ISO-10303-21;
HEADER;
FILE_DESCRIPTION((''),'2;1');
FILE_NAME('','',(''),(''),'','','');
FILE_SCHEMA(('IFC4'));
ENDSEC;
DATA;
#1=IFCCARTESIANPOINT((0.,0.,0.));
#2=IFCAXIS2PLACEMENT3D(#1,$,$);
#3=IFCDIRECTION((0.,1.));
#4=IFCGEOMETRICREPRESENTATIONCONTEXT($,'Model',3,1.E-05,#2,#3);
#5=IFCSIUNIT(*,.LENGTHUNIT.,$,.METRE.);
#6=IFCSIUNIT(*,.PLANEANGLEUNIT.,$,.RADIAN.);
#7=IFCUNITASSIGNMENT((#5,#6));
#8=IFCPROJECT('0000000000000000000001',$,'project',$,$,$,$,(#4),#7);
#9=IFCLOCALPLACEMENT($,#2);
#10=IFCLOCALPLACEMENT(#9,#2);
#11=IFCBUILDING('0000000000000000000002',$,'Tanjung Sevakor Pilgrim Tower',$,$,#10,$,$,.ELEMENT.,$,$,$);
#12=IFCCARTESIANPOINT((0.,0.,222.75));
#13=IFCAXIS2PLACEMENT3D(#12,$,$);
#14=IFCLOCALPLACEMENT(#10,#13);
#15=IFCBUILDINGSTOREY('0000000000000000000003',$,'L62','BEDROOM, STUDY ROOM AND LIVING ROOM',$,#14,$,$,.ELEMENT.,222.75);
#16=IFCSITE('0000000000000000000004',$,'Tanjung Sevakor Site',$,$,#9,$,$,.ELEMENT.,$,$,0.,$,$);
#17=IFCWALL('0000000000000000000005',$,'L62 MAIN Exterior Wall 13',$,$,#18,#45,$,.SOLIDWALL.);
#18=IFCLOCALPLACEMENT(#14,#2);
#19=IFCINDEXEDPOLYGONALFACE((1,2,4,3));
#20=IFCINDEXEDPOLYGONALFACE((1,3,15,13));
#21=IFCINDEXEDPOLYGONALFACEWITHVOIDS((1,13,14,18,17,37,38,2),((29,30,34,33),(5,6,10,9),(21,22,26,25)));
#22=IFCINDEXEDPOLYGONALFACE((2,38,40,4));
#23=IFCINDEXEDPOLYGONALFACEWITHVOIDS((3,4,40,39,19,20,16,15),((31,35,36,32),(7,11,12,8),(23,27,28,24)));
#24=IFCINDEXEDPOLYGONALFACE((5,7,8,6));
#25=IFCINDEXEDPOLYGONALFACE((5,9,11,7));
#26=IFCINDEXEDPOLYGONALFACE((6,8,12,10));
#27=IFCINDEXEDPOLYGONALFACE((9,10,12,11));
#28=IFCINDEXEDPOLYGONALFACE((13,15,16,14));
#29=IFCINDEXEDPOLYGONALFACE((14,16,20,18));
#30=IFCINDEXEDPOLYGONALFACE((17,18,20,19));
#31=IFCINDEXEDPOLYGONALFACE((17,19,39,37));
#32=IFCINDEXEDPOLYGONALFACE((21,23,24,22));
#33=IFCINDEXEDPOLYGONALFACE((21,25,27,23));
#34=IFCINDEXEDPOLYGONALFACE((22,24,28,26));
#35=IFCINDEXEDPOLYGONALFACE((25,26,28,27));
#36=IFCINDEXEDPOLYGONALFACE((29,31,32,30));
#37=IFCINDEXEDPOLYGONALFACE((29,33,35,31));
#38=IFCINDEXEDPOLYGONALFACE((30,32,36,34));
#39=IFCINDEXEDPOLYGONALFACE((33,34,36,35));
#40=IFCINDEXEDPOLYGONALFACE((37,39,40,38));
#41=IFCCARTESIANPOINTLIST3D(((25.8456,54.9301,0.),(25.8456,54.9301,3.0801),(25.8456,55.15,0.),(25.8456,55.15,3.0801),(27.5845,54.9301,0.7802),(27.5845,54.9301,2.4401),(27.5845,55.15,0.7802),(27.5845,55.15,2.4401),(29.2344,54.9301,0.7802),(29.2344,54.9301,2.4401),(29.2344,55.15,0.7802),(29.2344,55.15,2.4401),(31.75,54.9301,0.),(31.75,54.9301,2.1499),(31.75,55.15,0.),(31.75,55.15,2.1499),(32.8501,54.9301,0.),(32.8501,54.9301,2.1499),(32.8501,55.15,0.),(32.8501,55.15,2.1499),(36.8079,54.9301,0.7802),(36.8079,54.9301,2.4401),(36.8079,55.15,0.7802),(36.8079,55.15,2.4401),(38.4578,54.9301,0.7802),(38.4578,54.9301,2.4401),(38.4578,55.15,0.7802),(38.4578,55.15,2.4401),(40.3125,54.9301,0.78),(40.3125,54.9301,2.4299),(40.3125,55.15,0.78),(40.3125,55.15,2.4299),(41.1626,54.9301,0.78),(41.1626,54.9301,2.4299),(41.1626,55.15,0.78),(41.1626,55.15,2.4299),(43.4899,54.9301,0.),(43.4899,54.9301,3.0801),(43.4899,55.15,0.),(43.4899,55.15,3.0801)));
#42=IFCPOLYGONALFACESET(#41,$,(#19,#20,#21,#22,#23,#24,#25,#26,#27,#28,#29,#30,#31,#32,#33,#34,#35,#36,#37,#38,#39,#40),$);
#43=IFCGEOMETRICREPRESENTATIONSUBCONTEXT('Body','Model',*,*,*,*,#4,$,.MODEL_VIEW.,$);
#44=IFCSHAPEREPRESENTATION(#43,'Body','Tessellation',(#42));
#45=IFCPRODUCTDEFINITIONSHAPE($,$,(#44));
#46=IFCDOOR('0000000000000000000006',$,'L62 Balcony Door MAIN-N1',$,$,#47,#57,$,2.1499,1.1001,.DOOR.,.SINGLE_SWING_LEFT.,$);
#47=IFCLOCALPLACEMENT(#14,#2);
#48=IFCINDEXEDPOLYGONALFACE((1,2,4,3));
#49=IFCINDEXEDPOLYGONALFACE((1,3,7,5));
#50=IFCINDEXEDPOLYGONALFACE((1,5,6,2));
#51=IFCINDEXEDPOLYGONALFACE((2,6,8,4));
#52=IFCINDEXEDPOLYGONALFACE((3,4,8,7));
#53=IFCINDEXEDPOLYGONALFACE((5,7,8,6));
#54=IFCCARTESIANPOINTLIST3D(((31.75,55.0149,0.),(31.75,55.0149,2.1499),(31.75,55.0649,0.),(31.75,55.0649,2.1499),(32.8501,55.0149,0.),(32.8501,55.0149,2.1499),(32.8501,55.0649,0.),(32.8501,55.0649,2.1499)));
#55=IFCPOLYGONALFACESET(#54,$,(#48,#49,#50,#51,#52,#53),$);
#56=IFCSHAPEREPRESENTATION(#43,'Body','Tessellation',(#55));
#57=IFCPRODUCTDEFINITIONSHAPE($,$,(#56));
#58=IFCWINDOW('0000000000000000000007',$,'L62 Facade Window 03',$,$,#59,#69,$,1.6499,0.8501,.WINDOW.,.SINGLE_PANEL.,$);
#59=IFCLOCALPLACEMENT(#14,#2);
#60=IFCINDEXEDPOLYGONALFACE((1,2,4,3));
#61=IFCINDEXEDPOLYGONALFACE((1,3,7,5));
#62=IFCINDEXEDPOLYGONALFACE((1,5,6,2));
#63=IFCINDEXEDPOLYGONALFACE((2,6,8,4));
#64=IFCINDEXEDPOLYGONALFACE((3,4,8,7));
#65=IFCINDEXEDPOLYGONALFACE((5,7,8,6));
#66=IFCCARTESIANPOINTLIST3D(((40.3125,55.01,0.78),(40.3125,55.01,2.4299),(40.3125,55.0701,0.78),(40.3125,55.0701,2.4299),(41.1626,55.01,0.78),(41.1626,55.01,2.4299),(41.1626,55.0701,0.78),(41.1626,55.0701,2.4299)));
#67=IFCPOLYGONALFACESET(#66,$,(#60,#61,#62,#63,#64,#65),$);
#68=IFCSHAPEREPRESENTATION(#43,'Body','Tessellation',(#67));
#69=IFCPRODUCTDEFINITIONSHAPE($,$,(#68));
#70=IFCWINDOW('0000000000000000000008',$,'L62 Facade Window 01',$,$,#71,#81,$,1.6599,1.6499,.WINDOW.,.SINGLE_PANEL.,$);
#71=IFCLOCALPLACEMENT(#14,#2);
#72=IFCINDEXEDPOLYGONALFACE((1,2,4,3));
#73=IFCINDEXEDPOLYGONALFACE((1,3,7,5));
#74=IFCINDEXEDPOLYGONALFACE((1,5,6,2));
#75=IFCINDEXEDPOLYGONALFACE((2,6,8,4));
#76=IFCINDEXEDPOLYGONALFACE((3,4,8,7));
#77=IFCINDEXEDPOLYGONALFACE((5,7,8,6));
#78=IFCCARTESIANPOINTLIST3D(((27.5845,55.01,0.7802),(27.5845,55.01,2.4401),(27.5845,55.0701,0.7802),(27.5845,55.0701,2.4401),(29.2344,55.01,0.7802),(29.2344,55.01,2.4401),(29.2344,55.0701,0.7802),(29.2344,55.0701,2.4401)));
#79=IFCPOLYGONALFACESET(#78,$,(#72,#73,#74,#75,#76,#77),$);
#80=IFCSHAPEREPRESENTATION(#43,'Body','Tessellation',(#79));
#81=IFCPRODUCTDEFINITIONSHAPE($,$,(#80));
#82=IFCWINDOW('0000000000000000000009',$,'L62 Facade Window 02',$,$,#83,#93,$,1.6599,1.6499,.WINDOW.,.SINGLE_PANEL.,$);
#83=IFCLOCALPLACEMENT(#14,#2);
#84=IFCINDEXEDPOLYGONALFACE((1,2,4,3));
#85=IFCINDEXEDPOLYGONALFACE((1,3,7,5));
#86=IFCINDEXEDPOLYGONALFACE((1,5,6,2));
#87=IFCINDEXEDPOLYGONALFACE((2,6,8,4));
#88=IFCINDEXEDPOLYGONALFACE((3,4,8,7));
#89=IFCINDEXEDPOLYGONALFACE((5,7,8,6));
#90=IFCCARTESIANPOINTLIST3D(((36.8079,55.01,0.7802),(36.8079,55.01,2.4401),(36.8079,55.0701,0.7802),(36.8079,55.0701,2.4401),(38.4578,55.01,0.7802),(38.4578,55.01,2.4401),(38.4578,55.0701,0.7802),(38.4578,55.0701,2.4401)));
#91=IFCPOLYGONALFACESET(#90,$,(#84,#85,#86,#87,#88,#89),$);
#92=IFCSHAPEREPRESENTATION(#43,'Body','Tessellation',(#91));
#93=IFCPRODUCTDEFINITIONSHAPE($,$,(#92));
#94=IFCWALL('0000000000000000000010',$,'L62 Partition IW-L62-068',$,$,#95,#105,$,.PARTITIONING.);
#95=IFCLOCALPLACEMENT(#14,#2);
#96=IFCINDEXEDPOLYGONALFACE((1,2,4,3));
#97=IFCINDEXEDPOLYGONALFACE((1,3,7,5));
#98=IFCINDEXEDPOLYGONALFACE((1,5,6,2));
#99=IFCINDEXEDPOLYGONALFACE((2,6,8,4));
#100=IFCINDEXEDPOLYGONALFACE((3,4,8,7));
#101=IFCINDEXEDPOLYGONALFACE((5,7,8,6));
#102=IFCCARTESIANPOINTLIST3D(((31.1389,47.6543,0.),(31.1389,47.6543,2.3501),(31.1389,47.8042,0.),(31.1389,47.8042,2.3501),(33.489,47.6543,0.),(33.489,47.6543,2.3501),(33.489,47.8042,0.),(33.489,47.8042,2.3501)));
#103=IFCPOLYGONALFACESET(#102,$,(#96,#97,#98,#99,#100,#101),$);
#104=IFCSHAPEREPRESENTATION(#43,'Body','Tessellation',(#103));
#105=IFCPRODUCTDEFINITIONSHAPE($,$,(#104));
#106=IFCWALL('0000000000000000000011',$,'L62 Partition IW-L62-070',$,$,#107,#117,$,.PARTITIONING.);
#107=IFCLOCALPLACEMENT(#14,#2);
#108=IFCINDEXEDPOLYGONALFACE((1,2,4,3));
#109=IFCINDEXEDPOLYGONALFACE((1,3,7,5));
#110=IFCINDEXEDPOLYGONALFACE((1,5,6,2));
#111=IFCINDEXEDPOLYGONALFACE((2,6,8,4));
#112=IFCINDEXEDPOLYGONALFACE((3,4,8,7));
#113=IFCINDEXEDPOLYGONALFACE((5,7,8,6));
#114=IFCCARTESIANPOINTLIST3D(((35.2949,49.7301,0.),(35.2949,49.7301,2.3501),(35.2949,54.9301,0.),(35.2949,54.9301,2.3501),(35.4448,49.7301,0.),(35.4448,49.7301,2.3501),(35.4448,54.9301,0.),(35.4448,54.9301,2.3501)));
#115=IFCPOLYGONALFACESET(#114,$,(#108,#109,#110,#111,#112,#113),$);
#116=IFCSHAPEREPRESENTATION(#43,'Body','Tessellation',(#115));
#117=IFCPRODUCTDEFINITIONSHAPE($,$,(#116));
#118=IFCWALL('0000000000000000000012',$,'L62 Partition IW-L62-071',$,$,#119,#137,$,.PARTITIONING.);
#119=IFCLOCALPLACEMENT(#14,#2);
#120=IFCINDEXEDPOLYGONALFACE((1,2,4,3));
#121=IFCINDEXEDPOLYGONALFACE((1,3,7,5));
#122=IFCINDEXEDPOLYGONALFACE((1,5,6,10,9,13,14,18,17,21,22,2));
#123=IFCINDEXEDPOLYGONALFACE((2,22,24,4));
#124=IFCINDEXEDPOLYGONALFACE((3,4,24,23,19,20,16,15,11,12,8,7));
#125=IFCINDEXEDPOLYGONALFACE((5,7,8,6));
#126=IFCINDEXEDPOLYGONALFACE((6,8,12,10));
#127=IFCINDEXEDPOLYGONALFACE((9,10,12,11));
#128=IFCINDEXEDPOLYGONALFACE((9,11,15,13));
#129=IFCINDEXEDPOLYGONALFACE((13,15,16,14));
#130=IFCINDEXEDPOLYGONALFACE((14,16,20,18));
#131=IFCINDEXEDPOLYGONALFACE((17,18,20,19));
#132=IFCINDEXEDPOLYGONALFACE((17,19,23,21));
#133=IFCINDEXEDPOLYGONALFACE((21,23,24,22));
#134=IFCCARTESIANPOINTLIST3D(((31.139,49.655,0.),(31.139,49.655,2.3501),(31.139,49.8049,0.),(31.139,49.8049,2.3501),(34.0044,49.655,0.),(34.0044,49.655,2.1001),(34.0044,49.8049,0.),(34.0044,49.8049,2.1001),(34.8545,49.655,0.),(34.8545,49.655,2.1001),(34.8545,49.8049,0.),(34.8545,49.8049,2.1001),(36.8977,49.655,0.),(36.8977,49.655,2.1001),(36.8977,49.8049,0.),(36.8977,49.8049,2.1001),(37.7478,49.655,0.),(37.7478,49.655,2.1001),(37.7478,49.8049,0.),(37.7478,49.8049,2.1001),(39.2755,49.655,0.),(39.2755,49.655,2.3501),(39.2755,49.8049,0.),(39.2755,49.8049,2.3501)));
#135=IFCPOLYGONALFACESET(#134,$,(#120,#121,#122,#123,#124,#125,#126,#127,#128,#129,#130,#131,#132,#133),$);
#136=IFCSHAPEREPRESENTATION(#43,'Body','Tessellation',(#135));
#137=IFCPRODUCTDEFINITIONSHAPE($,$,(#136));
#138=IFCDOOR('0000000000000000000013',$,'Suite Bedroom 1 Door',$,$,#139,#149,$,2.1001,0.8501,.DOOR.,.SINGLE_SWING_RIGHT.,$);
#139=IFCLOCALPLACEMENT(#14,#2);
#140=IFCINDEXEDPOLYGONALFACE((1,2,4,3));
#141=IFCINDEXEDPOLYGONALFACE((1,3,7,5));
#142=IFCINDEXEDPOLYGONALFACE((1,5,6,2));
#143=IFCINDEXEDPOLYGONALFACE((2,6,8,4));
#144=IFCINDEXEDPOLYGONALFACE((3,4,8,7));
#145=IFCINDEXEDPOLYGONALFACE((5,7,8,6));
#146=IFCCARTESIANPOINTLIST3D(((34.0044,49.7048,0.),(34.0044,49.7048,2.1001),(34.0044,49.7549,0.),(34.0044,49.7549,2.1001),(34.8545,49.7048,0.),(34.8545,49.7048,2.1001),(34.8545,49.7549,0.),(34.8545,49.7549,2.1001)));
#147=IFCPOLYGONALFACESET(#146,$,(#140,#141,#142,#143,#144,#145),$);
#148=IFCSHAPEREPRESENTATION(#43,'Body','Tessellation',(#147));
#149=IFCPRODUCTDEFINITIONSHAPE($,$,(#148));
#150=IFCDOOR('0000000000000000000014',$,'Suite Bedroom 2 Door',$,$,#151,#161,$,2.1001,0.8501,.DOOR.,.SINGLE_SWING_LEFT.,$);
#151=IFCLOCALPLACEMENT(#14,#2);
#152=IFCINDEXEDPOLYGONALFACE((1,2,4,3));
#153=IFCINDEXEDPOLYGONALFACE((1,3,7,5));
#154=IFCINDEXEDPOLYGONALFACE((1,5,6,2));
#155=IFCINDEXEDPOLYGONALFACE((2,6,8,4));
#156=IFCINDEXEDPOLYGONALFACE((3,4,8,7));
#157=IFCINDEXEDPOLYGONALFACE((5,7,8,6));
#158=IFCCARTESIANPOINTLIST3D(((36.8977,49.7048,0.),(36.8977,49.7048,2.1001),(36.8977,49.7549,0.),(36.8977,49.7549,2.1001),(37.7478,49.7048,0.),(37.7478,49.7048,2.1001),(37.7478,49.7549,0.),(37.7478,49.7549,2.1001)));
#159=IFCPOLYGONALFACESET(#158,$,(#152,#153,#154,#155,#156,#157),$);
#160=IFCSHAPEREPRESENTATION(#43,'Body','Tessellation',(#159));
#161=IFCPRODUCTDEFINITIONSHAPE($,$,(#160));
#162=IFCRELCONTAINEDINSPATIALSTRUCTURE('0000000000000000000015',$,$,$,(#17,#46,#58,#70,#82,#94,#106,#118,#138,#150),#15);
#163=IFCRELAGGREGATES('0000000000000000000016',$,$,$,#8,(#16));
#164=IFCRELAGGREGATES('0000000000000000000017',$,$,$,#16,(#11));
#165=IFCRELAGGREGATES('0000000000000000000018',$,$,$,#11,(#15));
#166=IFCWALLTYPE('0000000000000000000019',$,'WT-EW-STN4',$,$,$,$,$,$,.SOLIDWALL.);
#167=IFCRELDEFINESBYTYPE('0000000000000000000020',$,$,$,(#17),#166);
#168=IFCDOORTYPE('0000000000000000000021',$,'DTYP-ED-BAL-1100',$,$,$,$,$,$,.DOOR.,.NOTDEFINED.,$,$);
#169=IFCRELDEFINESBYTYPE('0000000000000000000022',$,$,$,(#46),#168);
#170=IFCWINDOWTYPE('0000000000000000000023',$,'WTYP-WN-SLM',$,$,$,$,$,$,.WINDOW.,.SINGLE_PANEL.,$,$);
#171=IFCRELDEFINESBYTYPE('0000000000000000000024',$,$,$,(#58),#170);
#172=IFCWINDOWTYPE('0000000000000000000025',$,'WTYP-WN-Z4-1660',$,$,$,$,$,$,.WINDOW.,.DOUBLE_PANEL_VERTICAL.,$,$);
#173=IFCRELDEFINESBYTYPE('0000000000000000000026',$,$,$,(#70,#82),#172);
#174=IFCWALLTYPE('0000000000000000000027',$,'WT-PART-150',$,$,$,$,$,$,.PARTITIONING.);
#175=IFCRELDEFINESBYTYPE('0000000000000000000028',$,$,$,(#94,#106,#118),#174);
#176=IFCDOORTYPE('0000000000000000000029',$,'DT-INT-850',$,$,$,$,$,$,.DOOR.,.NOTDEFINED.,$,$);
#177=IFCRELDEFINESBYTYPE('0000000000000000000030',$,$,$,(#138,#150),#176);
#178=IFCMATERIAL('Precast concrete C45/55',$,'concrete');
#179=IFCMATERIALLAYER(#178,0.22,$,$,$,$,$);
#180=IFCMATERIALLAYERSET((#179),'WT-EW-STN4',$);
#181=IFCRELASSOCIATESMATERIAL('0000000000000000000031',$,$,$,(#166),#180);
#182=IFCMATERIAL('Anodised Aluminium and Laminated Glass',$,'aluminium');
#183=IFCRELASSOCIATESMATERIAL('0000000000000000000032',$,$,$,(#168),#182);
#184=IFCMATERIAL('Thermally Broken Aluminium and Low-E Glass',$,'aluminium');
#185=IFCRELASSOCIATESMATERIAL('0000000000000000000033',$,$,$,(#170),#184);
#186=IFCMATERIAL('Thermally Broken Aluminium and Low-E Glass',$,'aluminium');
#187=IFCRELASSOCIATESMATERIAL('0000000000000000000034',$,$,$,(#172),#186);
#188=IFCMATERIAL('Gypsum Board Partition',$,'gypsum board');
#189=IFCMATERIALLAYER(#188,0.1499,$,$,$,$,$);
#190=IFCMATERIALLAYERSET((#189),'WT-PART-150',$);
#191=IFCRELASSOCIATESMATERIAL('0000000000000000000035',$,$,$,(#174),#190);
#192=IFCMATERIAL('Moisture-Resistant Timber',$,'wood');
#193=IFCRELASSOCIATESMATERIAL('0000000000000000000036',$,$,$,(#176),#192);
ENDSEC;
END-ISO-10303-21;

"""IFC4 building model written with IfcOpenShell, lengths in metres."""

from ifc_helpers import new_model, si_unit, direction, frame, frame_2d, origin, place, context, subcontext, project, spatial, rectangle, extrude, material, layer, layer_set, type_object, element, fill, save


model = new_model("IFC4")

# Units and contexts
model_context = context("Model", 3, precision=1e-05, world=origin(), true_north=direction((0.0, 1.0)))
body_context = subcontext(model_context, "Body", "Model", "MODEL_VIEW")
ifc_project = project(units=[si_unit("LENGTHUNIT", "METRE"), si_unit("PLANEANGLEUNIT", "RADIAN")], contexts=[model_context])

# Site, building, storey
site_placement = place(None, origin())
site = spatial("IfcSite", under=ifc_project, at=site_placement, Name="Tanjung Sevakor Site", CompositionType="ELEMENT", RefElevation=0.0)
building_placement = place(site_placement, origin())
building = spatial("IfcBuilding", under=site, at=building_placement, Name="Tanjung Sevakor Pilgrim Tower", CompositionType="ELEMENT")
storey_placement = place(building_placement, frame((0.0, 0.0, 222.75)))
storey = spatial("IfcBuildingStorey", under=building, at=storey_placement, Name="L62", Description="BEDROOM, STUDY ROOM AND LIVING ROOM", CompositionType="ELEMENT", Elevation=222.75)

# Shared definitions
ifc_material_1 = material(Name="Precast concrete C45/55", Category="concrete")
ifc_layer_1 = layer(ifc_material_1, 0.22)
ifc_layer_set_1 = layer_set([ifc_layer_1], Name="WT-EW-STN4")
wall_type_1 = type_object("IfcWallType", Name="WT-EW-STN4", PredefinedType="SOLIDWALL", material=ifc_layer_set_1)

# Wall, openings, door, windows
wall_1_placement = place(storey_placement, frame((43.49, 55.04, 0.0), z_axis=(0.0, 0.0, 1.0), x_axis=(-1.0, 0.0, 0.0)))
wall_1 = element("IfcWall", 1, at=wall_1_placement, inside=storey, type_object=wall_type_1, Name="L62 MAIN Exterior Wall 13", PredefinedType="SOLIDWALL", context=body_context, shape_type="SweptSolid", body=[
    extrude(rectangle(XDim=17.6443, YDim=0.22, at=frame_2d((8.8223, 0.0))), origin(), (0.0, 0.0, 1.0), 3.0801),
])
opening_1_placement = place(wall_1_placement, frame((10.6399, 0.0, 0.0)))
opening_1 = element("IfcOpeningElement", 2, at=opening_1_placement, cuts=wall_1, PredefinedType="OPENING", context=body_context, shape_type="SweptSolid", body=[
    extrude(rectangle(XDim=1.1001, YDim=2.1499, at=frame_2d((0.55, 1.075))), frame((0.0, 0.1199, 0.0), z_axis=(0.0, -1.0, 0.0), x_axis=(1.0, 0.0, 0.0)), (0.0, 0.0, 1.0), 0.24),
])
opening_2_placement = place(wall_1_placement, frame((14.2556, 0.0, 0.78)))
opening_2 = element("IfcOpeningElement", 3, at=opening_2_placement, cuts=wall_1, PredefinedType="OPENING", context=body_context, shape_type="SweptSolid", body=[
    extrude(rectangle(XDim=1.6499, YDim=1.6599, at=frame_2d((0.825, 0.8301))), frame((0.0, 0.1199, 0.0), z_axis=(0.0, -1.0, 0.0), x_axis=(1.0, 0.0, 0.0)), (0.0, 0.0, 1.0), 0.24),
])
opening_3_placement = place(wall_1_placement, frame((5.0322, 0.0, 0.78)))
opening_3 = element("IfcOpeningElement", 4, at=opening_3_placement, cuts=wall_1, PredefinedType="OPENING", context=body_context, shape_type="SweptSolid", body=[
    extrude(rectangle(XDim=1.6499, YDim=1.6599, at=frame_2d((0.825, 0.8301))), frame((0.0, 0.1199, 0.0), z_axis=(0.0, -1.0, 0.0), x_axis=(1.0, 0.0, 0.0)), (0.0, 0.0, 1.0), 0.24),
])
opening_4_placement = place(wall_1_placement, frame((2.3274, 0.0, 0.78)))
opening_4 = element("IfcOpeningElement", 5, at=opening_4_placement, cuts=wall_1, PredefinedType="OPENING", context=body_context, shape_type="SweptSolid", body=[
    extrude(rectangle(XDim=0.8501, YDim=1.6499, at=frame_2d((0.425, 0.825))), frame((0.0, 0.1199, 0.0), z_axis=(0.0, -1.0, 0.0), x_axis=(1.0, 0.0, 0.0)), (0.0, 0.0, 1.0), 0.24),
])
ifc_material_2 = material(Name="Anodised Aluminium and Laminated Glass", Category="aluminium")
door_type_1 = type_object("IfcDoorType", Name="DTYP-ED-BAL-1100", OperationType="NOTDEFINED", PredefinedType="DOOR", material=ifc_material_2)
door_1_placement = place(opening_1_placement, frame((1.1001, 0.0, 0.0), z_axis=(0.0, 0.0, 1.0), x_axis=(-1.0, 0.0, 0.0)))
door_1 = element("IfcDoor", 6, at=door_1_placement, inside=storey, type_object=door_type_1, Name="L62 Balcony Door MAIN-N1", OperationType="SINGLE_SWING_LEFT", OverallHeight=2.1499, OverallWidth=1.1001, PredefinedType="DOOR", context=body_context, shape_type="SweptSolid", body=[
    extrude(rectangle(XDim=1.1001, YDim=2.1499, at=frame_2d((0.55, 1.075))), frame((0.0, 0.0249, 0.0), z_axis=(0.0, -1.0, 0.0), x_axis=(1.0, 0.0, 0.0)), (0.0, 0.0, 1.0), 0.05),
])
fill(opening_1, door_1)
ifc_material_3 = material(Name="Thermally Broken Aluminium and Low-E Glass", Category="aluminium")
window_type_1 = type_object("IfcWindowType", Name="WTYP-WN-SLM", PartitioningType="SINGLE_PANEL", PredefinedType="WINDOW", material=ifc_material_3)
window_1_placement = place(opening_4_placement, origin())
window_1 = element("IfcWindow", 7, at=window_1_placement, inside=storey, type_object=window_type_1, Name="L62 Facade Window 03", OverallHeight=1.6499, OverallWidth=0.8501, PartitioningType="SINGLE_PANEL", PredefinedType="WINDOW", context=body_context, shape_type="SweptSolid", body=[
    extrude(rectangle(XDim=0.8501, YDim=1.6499, at=frame_2d((0.425, 0.825))), frame((0.0, 0.03, 0.0), z_axis=(0.0, -1.0, 0.0), x_axis=(1.0, 0.0, 0.0)), (0.0, 0.0, 1.0), 0.0601),
])
fill(opening_4, window_1)
ifc_material_4 = material(Name="Thermally Broken Aluminium and Low-E Glass", Category="aluminium")
window_type_2 = type_object("IfcWindowType", Name="WTYP-WN-Z4-1660", PartitioningType="DOUBLE_PANEL_VERTICAL", PredefinedType="WINDOW", material=ifc_material_4)
window_2_placement = place(opening_2_placement, origin())
window_2 = element("IfcWindow", 8, at=window_2_placement, inside=storey, type_object=window_type_2, Name="L62 Facade Window 01", OverallHeight=1.6599, OverallWidth=1.6499, PartitioningType="SINGLE_PANEL", PredefinedType="WINDOW", context=body_context, shape_type="SweptSolid", body=[
    extrude(rectangle(XDim=1.6499, YDim=1.6599, at=frame_2d((0.825, 0.8301))), frame((0.0, 0.03, 0.0), z_axis=(0.0, -1.0, 0.0), x_axis=(1.0, 0.0, 0.0)), (0.0, 0.0, 1.0), 0.0601),
])
fill(opening_2, window_2)
window_3_placement = place(opening_3_placement, origin())
window_3 = element("IfcWindow", 9, at=window_3_placement, inside=storey, type_object=window_type_2, Name="L62 Facade Window 02", OverallHeight=1.6599, OverallWidth=1.6499, PartitioningType="SINGLE_PANEL", PredefinedType="WINDOW", context=body_context, shape_type="SweptSolid", body=[
    extrude(rectangle(XDim=1.6499, YDim=1.6599, at=frame_2d((0.825, 0.8301))), frame((0.0, 0.03, 0.0), z_axis=(0.0, -1.0, 0.0), x_axis=(1.0, 0.0, 0.0)), (0.0, 0.0, 1.0), 0.0601),
])
fill(opening_3, window_3)

# Walls
ifc_material_5 = material(Name="Gypsum Board Partition", Category="gypsum board")
ifc_layer_2 = layer(ifc_material_5, 0.1499)
ifc_layer_set_2 = layer_set([ifc_layer_2], Name="WT-PART-150")
wall_type_2 = type_object("IfcWallType", Name="WT-PART-150", PredefinedType="PARTITIONING", material=ifc_layer_set_2)
wall_2_placement = place(storey_placement, frame((31.1389, 47.7292, 0.0), z_axis=(0.0, 0.0, 1.0), x_axis=(1.0, 0.0, 0.0)))
element("IfcWall", 10, at=wall_2_placement, inside=storey, type_object=wall_type_2, Name="L62 Partition IW-L62-068", PredefinedType="PARTITIONING", context=body_context, shape_type="SweptSolid", body=[
    extrude(rectangle(XDim=2.3501, YDim=0.1499, at=frame_2d((1.175, 0.0))), origin(), (0.0, 0.0, 1.0), 2.3501),
])
wall_3_placement = place(storey_placement, frame((35.3699, 49.73, 0.0), z_axis=(0.0, 0.0, 1.0), x_axis=(0.0, 1.0, 0.0)))
element("IfcWall", 11, at=wall_3_placement, inside=storey, type_object=wall_type_2, Name="L62 Partition IW-L62-070", PredefinedType="PARTITIONING", context=body_context, shape_type="SweptSolid", body=[
    extrude(rectangle(XDim=5.2, YDim=0.1499, at=frame_2d((2.6001, 0.0))), origin(), (0.0, 0.0, 1.0), 2.3501),
])

# Wall, openings, doors
wall_4_placement = place(storey_placement, frame((31.1389, 49.73, 0.0), z_axis=(0.0, 0.0, 1.0), x_axis=(1.0, 0.0, 0.0)))
wall_4 = element("IfcWall", 12, at=wall_4_placement, inside=storey, type_object=wall_type_2, Name="L62 Partition IW-L62-071", PredefinedType="PARTITIONING", context=body_context, shape_type="SweptSolid", body=[
    extrude(rectangle(XDim=8.1365, YDim=0.1499, at=frame_2d((4.0684, 0.0))), origin(), (0.0, 0.0, 1.0), 2.3501),
])
opening_5_placement = place(wall_4_placement, frame((2.8655, 0.0, 0.0)))
opening_5 = element("IfcOpeningElement", 13, at=opening_5_placement, cuts=wall_4, PredefinedType="OPENING", context=body_context, shape_type="SweptSolid", body=[
    extrude(rectangle(XDim=0.8501, YDim=2.1001, at=frame_2d((0.425, 1.05))), frame((0.0, 0.085, 0.0), z_axis=(0.0, -1.0, 0.0), x_axis=(1.0, 0.0, 0.0)), (0.0, 0.0, 1.0), 0.1699),
])
opening_6_placement = place(wall_4_placement, frame((5.7588, 0.0, 0.0)))
opening_6 = element("IfcOpeningElement", 14, at=opening_6_placement, cuts=wall_4, PredefinedType="OPENING", context=body_context, shape_type="SweptSolid", body=[
    extrude(rectangle(XDim=0.8501, YDim=2.1001, at=frame_2d((0.425, 1.05))), frame((0.0, 0.085, 0.0), z_axis=(0.0, -1.0, 0.0), x_axis=(1.0, 0.0, 0.0)), (0.0, 0.0, 1.0), 0.1699),
])
ifc_material_6 = material(Name="Moisture-Resistant Timber", Category="wood")
door_type_2 = type_object("IfcDoorType", Name="DT-INT-850", OperationType="NOTDEFINED", PredefinedType="DOOR", material=ifc_material_6)
door_2_placement = place(opening_5_placement, origin())
door_2 = element("IfcDoor", 15, at=door_2_placement, inside=storey, type_object=door_type_2, Name="Suite Bedroom 1 Door", OperationType="SINGLE_SWING_RIGHT", OverallHeight=2.1001, OverallWidth=0.8501, PredefinedType="DOOR", context=body_context, shape_type="SweptSolid", body=[
    extrude(rectangle(XDim=0.8501, YDim=2.1001, at=frame_2d((0.425, 1.05))), frame((0.0, 0.0249, 0.0), z_axis=(0.0, -1.0, 0.0), x_axis=(1.0, 0.0, 0.0)), (0.0, 0.0, 1.0), 0.05),
])
fill(opening_5, door_2)
door_3_placement = place(opening_6_placement, origin())
door_3 = element("IfcDoor", 16, at=door_3_placement, inside=storey, type_object=door_type_2, Name="Suite Bedroom 2 Door", OperationType="SINGLE_SWING_LEFT", OverallHeight=2.1001, OverallWidth=0.8501, PredefinedType="DOOR", context=body_context, shape_type="SweptSolid", body=[
    extrude(rectangle(XDim=0.8501, YDim=2.1001, at=frame_2d((0.425, 1.05))), frame((0.0, 0.0249, 0.0), z_axis=(0.0, -1.0, 0.0), x_axis=(1.0, 0.0, 0.0)), (0.0, 0.0, 1.0), 0.05),
])
fill(opening_6, door_3)

save(model, "model.ifc")
